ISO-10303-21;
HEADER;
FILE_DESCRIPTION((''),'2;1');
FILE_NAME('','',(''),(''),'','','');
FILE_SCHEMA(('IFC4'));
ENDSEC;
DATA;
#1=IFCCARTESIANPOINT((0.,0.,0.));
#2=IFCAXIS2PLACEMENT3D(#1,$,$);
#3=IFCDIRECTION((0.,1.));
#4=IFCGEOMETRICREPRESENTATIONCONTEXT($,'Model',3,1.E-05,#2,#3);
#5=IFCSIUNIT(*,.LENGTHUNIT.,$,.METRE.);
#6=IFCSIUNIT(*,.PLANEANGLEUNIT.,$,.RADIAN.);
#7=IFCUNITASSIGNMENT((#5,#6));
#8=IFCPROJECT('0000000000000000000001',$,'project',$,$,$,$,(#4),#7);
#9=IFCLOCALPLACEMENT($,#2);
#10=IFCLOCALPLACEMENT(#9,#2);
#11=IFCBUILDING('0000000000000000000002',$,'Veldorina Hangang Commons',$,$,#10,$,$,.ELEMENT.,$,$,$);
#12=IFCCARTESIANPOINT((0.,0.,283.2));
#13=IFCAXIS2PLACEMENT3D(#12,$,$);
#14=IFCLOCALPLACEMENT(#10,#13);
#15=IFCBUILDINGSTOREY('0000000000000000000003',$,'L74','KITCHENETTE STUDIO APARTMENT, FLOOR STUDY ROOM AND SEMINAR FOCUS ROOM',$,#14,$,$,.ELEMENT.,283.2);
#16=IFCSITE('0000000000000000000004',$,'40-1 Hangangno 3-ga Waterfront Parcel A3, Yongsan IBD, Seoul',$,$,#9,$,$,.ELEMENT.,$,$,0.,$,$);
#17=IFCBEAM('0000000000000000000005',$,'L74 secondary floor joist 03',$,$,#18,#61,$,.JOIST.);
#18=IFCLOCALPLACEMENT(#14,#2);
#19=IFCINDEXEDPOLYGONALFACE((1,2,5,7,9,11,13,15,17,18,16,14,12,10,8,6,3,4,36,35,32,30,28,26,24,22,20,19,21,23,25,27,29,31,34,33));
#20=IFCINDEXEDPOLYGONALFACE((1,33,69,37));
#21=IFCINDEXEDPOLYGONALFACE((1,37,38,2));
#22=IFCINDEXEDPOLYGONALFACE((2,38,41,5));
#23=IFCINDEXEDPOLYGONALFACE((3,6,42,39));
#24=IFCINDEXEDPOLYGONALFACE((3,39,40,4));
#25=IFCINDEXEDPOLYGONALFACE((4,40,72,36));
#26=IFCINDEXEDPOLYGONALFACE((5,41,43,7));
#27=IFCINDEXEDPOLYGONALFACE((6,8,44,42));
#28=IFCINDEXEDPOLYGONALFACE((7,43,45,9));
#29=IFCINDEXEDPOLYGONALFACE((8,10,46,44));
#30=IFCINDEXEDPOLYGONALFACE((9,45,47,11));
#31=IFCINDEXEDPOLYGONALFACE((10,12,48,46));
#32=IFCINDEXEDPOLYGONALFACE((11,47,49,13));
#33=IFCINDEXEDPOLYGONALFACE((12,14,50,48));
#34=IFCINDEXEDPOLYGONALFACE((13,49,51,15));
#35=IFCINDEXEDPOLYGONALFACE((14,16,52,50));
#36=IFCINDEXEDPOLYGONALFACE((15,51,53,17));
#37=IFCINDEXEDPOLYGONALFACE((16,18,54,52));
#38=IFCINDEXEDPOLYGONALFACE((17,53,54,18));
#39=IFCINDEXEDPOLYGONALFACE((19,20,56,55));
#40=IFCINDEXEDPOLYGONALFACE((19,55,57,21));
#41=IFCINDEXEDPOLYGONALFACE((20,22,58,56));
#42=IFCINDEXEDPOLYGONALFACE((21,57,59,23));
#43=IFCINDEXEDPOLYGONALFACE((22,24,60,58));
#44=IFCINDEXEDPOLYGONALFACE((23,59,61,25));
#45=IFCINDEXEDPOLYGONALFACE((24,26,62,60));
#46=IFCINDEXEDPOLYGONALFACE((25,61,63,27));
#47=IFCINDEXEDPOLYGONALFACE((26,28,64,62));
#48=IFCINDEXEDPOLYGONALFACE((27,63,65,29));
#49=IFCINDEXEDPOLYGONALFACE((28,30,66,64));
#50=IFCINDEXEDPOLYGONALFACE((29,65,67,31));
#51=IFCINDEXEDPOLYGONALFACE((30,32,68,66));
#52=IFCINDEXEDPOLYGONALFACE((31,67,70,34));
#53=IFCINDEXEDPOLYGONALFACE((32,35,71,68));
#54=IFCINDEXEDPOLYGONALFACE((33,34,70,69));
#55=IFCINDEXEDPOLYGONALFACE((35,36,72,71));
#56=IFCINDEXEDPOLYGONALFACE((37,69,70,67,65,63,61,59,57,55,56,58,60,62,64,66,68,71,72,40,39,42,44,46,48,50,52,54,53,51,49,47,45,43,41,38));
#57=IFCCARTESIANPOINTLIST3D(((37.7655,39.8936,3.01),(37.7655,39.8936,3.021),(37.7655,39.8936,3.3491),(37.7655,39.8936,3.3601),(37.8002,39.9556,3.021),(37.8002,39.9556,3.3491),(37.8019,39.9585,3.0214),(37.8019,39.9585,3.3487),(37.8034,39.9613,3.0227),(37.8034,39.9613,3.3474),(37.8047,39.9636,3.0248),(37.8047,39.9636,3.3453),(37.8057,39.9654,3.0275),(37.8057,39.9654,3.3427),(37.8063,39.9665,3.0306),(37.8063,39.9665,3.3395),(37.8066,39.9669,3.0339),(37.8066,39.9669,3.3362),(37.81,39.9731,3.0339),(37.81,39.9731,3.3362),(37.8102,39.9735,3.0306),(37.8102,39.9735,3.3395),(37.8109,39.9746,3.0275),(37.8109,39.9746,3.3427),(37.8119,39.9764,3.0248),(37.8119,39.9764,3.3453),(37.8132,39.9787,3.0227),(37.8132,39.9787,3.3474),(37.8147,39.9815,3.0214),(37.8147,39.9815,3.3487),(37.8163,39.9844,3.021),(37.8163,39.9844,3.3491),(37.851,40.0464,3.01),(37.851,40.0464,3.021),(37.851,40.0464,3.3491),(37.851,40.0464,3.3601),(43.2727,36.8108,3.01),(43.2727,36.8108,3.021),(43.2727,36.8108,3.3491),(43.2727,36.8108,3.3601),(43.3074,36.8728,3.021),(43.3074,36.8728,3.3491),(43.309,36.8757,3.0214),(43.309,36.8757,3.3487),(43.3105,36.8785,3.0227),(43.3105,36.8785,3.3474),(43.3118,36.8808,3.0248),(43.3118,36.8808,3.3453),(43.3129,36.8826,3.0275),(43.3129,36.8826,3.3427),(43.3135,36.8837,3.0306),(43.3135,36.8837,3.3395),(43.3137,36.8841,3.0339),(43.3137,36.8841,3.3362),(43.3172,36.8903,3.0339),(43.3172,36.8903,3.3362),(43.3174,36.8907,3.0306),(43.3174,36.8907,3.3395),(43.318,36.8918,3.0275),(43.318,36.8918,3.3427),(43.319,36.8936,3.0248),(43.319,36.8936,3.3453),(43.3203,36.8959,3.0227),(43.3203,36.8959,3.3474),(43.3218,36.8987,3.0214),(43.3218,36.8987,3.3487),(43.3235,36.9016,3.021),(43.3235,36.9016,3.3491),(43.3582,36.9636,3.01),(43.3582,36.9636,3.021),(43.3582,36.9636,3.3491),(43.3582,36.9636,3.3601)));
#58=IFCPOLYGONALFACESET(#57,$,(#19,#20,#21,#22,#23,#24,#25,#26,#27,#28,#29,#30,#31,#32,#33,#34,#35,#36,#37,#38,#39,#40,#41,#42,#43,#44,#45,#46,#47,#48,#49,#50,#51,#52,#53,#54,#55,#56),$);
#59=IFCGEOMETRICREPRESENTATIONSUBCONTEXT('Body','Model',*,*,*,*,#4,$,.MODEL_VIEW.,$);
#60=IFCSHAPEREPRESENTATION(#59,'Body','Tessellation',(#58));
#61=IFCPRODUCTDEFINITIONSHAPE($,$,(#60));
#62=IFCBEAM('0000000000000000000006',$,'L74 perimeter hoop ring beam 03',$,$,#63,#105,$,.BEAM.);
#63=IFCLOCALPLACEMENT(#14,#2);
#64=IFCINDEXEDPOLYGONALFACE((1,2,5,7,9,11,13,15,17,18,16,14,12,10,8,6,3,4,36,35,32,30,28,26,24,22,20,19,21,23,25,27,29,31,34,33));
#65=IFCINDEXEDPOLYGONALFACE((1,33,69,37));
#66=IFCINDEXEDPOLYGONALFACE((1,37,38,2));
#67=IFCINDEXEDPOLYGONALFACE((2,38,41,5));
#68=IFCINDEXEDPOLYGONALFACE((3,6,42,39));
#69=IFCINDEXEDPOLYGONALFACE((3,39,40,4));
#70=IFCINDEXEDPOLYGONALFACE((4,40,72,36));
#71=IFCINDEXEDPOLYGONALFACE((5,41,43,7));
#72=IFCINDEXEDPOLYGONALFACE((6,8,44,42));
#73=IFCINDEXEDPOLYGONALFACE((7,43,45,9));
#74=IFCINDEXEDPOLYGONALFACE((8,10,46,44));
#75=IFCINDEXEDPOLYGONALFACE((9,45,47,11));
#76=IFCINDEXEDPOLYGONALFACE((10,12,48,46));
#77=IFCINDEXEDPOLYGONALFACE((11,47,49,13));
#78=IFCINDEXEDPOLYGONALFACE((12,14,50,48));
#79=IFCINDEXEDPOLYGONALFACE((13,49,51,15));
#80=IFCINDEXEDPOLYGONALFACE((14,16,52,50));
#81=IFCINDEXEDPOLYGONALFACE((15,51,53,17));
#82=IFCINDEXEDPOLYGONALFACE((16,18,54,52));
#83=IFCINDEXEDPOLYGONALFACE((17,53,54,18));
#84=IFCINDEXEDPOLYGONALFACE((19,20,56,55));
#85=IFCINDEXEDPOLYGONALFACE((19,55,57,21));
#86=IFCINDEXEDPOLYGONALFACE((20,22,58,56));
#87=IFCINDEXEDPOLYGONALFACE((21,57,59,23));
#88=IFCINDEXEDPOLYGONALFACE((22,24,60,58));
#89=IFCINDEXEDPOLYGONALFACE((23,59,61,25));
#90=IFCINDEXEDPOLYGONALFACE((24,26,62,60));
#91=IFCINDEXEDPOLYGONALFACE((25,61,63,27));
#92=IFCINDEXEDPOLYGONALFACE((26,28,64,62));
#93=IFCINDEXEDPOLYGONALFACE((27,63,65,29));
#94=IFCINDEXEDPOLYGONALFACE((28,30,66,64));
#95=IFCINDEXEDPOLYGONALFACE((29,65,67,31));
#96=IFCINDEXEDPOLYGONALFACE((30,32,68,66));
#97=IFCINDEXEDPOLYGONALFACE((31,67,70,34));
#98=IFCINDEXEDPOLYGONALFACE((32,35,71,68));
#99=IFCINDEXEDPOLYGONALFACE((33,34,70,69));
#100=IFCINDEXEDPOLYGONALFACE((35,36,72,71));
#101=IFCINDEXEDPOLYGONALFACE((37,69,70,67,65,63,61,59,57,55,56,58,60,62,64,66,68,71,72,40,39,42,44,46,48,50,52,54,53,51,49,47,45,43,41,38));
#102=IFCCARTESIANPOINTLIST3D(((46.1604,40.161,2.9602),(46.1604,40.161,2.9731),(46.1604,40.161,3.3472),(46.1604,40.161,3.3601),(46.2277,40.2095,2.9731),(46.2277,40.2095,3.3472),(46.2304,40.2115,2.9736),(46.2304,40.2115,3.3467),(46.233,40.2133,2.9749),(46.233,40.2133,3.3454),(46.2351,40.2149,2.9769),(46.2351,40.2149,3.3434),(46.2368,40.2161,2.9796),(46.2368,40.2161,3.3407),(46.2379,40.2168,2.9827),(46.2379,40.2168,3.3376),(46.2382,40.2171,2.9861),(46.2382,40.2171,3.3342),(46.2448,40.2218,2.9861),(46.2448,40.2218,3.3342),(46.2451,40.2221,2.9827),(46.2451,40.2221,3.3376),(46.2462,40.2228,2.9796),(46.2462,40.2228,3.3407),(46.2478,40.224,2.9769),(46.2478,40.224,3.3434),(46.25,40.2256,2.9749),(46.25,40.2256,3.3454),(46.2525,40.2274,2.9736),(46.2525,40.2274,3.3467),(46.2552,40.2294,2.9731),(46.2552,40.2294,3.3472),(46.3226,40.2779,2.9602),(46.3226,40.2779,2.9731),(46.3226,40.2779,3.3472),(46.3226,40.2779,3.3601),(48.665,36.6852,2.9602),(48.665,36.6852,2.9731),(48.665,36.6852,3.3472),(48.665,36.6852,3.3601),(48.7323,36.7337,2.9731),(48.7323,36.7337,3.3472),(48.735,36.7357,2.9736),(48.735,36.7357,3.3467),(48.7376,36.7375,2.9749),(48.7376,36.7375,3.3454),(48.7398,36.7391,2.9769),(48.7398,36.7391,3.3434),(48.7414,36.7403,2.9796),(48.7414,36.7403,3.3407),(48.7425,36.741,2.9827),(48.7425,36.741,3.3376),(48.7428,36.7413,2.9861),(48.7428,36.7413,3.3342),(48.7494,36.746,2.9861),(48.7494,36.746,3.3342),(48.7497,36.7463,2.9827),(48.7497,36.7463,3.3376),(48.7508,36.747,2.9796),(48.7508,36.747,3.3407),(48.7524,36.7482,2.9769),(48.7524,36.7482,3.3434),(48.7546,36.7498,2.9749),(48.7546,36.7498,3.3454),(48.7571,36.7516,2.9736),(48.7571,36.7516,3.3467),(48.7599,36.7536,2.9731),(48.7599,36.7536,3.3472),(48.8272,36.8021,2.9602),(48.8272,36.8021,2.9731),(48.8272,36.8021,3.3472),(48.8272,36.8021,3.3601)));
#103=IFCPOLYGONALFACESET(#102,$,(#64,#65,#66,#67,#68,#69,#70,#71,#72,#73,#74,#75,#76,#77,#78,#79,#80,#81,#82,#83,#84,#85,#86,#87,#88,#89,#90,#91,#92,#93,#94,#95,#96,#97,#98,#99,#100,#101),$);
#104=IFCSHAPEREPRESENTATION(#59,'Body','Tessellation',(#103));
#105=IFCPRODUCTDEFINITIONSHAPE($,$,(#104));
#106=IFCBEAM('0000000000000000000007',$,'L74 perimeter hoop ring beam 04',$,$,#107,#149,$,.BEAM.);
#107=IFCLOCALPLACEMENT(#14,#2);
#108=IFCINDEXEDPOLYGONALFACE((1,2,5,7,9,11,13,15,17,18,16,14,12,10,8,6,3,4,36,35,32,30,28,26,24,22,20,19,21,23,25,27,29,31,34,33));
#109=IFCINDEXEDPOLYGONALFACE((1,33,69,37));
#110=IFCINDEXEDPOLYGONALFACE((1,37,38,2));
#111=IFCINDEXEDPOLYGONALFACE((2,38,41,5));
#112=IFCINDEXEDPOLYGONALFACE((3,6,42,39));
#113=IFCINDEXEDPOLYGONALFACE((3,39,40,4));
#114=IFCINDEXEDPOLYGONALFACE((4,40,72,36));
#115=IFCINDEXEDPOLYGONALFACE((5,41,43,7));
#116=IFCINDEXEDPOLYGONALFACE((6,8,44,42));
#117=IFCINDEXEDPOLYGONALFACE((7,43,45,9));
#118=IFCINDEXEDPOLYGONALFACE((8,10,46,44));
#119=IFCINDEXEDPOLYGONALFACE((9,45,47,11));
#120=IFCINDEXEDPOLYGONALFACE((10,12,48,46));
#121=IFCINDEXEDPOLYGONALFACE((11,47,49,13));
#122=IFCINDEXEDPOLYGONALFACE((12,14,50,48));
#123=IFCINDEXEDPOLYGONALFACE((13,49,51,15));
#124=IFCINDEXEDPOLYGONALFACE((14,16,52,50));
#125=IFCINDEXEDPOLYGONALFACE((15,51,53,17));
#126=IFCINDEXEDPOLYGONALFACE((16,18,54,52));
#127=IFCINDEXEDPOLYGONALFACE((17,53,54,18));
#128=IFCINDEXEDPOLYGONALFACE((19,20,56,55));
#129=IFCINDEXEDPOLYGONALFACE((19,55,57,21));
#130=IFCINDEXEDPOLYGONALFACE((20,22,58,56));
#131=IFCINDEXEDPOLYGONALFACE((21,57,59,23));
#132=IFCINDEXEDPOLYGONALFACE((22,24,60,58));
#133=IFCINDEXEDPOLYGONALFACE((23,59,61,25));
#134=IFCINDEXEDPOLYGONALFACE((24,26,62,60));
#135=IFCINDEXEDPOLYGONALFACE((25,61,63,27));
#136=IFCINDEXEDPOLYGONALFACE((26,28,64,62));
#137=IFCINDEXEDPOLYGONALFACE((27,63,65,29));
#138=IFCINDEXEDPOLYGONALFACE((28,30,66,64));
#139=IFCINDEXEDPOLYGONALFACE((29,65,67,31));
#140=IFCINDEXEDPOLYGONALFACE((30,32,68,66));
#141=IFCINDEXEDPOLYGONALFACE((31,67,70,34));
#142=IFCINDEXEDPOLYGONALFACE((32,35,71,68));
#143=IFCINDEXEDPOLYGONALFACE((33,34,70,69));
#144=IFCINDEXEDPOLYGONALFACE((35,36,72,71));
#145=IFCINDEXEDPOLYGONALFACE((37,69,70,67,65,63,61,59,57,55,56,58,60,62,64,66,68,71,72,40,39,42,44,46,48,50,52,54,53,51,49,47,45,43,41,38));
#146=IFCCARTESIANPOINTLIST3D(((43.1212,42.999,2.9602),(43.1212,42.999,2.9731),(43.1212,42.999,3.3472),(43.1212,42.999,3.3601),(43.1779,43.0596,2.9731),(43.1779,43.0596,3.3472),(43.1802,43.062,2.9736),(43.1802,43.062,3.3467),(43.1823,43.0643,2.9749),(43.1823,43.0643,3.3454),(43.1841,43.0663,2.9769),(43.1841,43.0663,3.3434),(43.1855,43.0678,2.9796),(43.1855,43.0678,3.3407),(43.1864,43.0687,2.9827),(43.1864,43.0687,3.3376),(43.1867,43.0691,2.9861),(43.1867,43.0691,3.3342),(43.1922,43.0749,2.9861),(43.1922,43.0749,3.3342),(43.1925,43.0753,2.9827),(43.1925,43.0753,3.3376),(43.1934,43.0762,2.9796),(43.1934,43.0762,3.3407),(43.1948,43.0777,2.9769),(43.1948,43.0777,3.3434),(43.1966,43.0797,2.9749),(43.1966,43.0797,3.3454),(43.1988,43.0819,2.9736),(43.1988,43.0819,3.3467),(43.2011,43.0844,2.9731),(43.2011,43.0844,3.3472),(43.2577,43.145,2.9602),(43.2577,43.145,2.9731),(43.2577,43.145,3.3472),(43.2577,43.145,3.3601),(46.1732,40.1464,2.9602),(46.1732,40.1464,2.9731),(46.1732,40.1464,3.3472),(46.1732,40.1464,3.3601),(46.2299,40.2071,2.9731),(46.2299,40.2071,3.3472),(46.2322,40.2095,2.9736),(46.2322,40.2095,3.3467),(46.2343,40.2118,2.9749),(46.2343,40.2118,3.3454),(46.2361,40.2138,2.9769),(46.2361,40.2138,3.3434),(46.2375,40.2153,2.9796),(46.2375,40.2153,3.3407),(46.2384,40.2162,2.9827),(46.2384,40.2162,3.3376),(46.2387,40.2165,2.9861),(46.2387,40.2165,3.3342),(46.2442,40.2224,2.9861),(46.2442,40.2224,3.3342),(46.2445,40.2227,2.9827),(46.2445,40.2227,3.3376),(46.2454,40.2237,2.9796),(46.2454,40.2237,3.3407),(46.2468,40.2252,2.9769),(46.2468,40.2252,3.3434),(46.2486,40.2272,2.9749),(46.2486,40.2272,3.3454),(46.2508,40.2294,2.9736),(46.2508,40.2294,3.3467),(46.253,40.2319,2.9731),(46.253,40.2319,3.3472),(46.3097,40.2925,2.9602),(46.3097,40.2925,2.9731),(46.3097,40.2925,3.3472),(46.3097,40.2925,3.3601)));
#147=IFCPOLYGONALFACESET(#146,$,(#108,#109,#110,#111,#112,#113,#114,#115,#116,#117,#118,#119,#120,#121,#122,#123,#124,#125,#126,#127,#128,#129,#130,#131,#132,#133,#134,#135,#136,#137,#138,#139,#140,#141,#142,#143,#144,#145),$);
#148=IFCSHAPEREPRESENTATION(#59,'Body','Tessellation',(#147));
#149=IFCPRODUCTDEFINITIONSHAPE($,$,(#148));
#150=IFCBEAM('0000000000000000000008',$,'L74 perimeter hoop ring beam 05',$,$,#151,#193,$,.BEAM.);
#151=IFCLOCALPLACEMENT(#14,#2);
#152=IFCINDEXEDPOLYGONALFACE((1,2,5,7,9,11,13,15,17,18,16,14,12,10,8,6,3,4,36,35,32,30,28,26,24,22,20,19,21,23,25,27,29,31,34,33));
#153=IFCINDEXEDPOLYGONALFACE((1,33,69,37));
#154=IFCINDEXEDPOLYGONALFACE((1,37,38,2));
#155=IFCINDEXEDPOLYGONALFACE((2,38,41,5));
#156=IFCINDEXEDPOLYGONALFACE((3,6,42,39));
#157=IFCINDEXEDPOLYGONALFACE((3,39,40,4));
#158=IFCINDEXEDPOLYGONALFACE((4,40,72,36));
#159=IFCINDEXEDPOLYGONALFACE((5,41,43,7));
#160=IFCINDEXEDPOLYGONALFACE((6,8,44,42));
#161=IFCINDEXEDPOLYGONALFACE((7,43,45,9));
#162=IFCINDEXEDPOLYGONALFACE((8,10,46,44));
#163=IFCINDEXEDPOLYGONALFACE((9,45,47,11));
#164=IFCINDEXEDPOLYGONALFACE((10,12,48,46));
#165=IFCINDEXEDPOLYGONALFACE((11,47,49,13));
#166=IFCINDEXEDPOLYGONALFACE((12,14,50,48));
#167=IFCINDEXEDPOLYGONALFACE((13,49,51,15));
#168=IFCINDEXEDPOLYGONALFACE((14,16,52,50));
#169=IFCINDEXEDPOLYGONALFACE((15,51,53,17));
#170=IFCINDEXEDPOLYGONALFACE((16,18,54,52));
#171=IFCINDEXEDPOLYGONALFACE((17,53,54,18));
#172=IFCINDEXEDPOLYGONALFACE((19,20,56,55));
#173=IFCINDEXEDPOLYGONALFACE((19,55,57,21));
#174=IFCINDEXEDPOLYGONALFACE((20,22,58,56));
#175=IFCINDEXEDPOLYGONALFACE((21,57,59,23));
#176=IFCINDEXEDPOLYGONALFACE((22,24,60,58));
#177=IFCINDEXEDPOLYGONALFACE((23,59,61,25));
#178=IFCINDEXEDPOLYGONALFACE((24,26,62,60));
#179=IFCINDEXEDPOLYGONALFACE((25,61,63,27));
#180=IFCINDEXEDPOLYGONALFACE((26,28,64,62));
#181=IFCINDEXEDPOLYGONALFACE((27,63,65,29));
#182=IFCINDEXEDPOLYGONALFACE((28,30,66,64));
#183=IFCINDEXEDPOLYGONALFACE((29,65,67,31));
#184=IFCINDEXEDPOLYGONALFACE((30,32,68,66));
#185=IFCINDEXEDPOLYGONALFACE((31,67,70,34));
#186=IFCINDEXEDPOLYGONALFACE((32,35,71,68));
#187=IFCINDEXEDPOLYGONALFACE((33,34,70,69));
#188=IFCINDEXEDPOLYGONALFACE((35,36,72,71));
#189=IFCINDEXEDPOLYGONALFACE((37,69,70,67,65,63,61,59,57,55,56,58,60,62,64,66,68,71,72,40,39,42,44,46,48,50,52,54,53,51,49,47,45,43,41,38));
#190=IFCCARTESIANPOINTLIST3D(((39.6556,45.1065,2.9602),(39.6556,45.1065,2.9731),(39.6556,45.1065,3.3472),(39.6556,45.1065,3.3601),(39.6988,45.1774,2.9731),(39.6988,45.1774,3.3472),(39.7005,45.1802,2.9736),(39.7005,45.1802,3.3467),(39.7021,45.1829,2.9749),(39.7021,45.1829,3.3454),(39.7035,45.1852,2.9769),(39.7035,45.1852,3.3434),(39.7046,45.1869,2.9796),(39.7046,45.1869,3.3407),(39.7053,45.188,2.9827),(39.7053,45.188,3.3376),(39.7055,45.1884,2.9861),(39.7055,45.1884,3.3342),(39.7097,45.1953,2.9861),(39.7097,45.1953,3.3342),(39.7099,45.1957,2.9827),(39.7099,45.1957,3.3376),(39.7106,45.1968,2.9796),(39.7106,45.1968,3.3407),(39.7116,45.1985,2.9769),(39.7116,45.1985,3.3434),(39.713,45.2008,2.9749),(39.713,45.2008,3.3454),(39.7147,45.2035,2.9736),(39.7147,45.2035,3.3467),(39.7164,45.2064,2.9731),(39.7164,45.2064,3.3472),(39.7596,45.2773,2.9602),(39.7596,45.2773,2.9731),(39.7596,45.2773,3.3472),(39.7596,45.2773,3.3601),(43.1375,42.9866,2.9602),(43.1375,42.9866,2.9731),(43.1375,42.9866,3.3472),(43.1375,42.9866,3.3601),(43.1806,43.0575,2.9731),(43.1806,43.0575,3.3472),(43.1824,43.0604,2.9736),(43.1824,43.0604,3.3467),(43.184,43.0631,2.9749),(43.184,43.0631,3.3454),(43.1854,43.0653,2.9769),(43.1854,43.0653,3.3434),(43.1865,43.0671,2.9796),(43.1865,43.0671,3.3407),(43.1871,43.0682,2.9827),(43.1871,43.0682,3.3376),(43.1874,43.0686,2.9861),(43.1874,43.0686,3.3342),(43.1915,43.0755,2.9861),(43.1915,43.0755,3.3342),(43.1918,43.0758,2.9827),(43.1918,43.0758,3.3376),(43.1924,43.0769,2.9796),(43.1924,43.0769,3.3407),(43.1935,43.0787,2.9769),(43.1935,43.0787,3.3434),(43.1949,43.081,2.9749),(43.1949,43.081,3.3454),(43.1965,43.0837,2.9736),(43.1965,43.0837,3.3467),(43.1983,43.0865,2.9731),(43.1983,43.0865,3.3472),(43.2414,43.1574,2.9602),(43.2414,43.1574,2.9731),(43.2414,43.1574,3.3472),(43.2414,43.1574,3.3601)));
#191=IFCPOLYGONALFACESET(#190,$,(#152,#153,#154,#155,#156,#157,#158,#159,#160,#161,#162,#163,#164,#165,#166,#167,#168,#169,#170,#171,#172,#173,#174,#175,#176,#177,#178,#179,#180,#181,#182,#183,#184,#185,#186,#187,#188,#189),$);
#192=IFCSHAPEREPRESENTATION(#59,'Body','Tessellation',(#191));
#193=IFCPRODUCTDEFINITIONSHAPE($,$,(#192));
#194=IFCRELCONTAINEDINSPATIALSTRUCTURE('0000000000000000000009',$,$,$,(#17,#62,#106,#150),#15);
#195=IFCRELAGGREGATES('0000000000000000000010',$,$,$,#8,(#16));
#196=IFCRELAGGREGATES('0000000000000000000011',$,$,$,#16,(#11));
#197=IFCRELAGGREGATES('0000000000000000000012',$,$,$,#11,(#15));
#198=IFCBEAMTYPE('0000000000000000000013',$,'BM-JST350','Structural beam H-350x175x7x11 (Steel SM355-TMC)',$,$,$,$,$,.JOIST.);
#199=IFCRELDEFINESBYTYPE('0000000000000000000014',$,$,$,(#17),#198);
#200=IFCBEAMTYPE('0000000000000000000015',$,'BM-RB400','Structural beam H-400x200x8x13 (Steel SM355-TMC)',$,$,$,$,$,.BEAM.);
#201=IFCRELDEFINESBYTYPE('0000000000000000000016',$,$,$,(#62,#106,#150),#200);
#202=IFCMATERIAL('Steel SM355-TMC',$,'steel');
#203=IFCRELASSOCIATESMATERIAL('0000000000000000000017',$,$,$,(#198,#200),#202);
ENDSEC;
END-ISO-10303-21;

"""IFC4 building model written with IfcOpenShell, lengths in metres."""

from ifc_helpers import new_model, si_unit, direction, frame, origin, origin_2d, place, context, subcontext, project, spatial, i_section, extrude, material, material_profile, profile_set, type_object, element, save


model = new_model("IFC4")

# Units and contexts
model_context = context("Model", 3, precision=1e-05, world=origin(), true_north=direction((0.0, 1.0)))
body_context = subcontext(model_context, "Body", "Model", "MODEL_VIEW")
ifc_project = project(units=[si_unit("LENGTHUNIT", "METRE"), si_unit("PLANEANGLEUNIT", "RADIAN")], contexts=[model_context])

# Site, building, storey
site_placement = place(None, origin())
site = spatial("IfcSite", under=ifc_project, at=site_placement, Name="40-1 Hangangno 3-ga Waterfront Parcel A3, Yongsan IBD, Seoul", CompositionType="ELEMENT", RefElevation=0.0)
building_placement = place(site_placement, origin())
building = spatial("IfcBuilding", under=site, at=building_placement, Name="Veldorina Hangang Commons", CompositionType="ELEMENT")
storey_placement = place(building_placement, frame((0.0, 0.0, 283.2)))
storey = spatial("IfcBuildingStorey", under=building, at=storey_placement, Name="L74", Description="KITCHENETTE STUDIO APARTMENT, FLOOR STUDY ROOM AND SEMINAR FOCUS ROOM", CompositionType="ELEMENT", Elevation=283.2)

# Beams
ifc_material_1 = material(Name="Steel SM355-TMC", Category="steel")
ifc_material_profile_1 = material_profile(ifc_material_1, i_section(OverallWidth=0.175, OverallDepth=0.3501, WebThickness=0.0071, FlangeThickness=0.011, FilletRadius=0.0129, at=origin_2d()), Name="H-350x175x7x11")
ifc_profile_set_1 = profile_set([ifc_material_profile_1], Name="Steel SM355-TMC")
beam_type_1 = type_object("IfcBeamType", Name="BM-JST350", Description="Structural beam H-350x175x7x11 (Steel SM355-TMC)", PredefinedType="JOIST", material=ifc_profile_set_1)
beam_1_placement = place(storey_placement, frame((43.3154, 36.8872, 3.1851), z_axis=(-0.872587, 0.488458, 0.0), x_axis=(-0.488458, -0.872587, 0.0)))
element("IfcBeam", 1, at=beam_1_placement, inside=storey, type_object=beam_type_1, Name="L74 secondary floor joist 03", PredefinedType="JOIST", context=body_context, shape_type="SweptSolid", body=[
    extrude(i_section(OverallWidth=0.175, OverallDepth=0.3501, WebThickness=0.0071, FlangeThickness=0.011, FilletRadius=0.0129, at=origin_2d()), origin(), (0.0, 0.0, 1.0), 6.3113),
])
ifc_material_profile_2 = material_profile(ifc_material_1, i_section(OverallWidth=0.2, OverallDepth=0.3999, WebThickness=0.0081, FlangeThickness=0.0129, FilletRadius=0.0129, at=origin_2d()), Name="H-400x200x8x13")
ifc_profile_set_2 = profile_set([ifc_material_profile_2], Name="Steel SM355-TMC")
beam_type_2 = type_object("IfcBeamType", Name="BM-RB400", Description="Structural beam H-400x200x8x13 (Steel SM355-TMC)", PredefinedType="BEAM", material=ifc_profile_set_2)
beam_2_placement = place(storey_placement, frame((48.7461, 36.7437, 3.1602), z_axis=(-0.584618, 0.811308, 0.0), x_axis=(-0.811308, -0.584618, 0.0)))
element("IfcBeam", 2, at=beam_2_placement, inside=storey, type_object=beam_type_2, Name="L74 perimeter hoop ring beam 03", PredefinedType="BEAM", context=body_context, shape_type="SweptSolid", body=[
    extrude(i_section(OverallWidth=0.2, OverallDepth=0.3999, WebThickness=0.0081, FlangeThickness=0.0129, FilletRadius=0.0129, at=origin_2d()), origin(), (0.0, 0.0, 1.0), 4.2842),
])
beam_3_placement = place(storey_placement, frame((46.2415, 40.2195, 3.1602), z_axis=(-0.730577, 0.68283, 0.0), x_axis=(-0.68283, -0.730577, 0.0)))
element("IfcBeam", 3, at=beam_3_placement, inside=storey, type_object=beam_type_2, Name="L74 perimeter hoop ring beam 04", PredefinedType="BEAM", context=body_context, shape_type="SweptSolid", body=[
    extrude(i_section(OverallWidth=0.2, OverallDepth=0.3999, WebThickness=0.0081, FlangeThickness=0.0129, FilletRadius=0.0129, at=origin_2d()), origin(), (0.0, 0.0, 1.0), 4.1775),
])
beam_4_placement = place(storey_placement, frame((43.1895, 43.072, 3.1602), z_axis=(-0.854151, 0.520025, 0.0), x_axis=(-0.520025, -0.854151, 0.0)))
element("IfcBeam", 4, at=beam_4_placement, inside=storey, type_object=beam_type_2, Name="L74 perimeter hoop ring beam 05", PredefinedType="BEAM", context=body_context, shape_type="SweptSolid", body=[
    extrude(i_section(OverallWidth=0.2, OverallDepth=0.3999, WebThickness=0.0081, FlangeThickness=0.0129, FilletRadius=0.0129, at=origin_2d()), origin(), (0.0, 0.0, 1.0), 4.0764),
])

save(model, "model.ifc")
